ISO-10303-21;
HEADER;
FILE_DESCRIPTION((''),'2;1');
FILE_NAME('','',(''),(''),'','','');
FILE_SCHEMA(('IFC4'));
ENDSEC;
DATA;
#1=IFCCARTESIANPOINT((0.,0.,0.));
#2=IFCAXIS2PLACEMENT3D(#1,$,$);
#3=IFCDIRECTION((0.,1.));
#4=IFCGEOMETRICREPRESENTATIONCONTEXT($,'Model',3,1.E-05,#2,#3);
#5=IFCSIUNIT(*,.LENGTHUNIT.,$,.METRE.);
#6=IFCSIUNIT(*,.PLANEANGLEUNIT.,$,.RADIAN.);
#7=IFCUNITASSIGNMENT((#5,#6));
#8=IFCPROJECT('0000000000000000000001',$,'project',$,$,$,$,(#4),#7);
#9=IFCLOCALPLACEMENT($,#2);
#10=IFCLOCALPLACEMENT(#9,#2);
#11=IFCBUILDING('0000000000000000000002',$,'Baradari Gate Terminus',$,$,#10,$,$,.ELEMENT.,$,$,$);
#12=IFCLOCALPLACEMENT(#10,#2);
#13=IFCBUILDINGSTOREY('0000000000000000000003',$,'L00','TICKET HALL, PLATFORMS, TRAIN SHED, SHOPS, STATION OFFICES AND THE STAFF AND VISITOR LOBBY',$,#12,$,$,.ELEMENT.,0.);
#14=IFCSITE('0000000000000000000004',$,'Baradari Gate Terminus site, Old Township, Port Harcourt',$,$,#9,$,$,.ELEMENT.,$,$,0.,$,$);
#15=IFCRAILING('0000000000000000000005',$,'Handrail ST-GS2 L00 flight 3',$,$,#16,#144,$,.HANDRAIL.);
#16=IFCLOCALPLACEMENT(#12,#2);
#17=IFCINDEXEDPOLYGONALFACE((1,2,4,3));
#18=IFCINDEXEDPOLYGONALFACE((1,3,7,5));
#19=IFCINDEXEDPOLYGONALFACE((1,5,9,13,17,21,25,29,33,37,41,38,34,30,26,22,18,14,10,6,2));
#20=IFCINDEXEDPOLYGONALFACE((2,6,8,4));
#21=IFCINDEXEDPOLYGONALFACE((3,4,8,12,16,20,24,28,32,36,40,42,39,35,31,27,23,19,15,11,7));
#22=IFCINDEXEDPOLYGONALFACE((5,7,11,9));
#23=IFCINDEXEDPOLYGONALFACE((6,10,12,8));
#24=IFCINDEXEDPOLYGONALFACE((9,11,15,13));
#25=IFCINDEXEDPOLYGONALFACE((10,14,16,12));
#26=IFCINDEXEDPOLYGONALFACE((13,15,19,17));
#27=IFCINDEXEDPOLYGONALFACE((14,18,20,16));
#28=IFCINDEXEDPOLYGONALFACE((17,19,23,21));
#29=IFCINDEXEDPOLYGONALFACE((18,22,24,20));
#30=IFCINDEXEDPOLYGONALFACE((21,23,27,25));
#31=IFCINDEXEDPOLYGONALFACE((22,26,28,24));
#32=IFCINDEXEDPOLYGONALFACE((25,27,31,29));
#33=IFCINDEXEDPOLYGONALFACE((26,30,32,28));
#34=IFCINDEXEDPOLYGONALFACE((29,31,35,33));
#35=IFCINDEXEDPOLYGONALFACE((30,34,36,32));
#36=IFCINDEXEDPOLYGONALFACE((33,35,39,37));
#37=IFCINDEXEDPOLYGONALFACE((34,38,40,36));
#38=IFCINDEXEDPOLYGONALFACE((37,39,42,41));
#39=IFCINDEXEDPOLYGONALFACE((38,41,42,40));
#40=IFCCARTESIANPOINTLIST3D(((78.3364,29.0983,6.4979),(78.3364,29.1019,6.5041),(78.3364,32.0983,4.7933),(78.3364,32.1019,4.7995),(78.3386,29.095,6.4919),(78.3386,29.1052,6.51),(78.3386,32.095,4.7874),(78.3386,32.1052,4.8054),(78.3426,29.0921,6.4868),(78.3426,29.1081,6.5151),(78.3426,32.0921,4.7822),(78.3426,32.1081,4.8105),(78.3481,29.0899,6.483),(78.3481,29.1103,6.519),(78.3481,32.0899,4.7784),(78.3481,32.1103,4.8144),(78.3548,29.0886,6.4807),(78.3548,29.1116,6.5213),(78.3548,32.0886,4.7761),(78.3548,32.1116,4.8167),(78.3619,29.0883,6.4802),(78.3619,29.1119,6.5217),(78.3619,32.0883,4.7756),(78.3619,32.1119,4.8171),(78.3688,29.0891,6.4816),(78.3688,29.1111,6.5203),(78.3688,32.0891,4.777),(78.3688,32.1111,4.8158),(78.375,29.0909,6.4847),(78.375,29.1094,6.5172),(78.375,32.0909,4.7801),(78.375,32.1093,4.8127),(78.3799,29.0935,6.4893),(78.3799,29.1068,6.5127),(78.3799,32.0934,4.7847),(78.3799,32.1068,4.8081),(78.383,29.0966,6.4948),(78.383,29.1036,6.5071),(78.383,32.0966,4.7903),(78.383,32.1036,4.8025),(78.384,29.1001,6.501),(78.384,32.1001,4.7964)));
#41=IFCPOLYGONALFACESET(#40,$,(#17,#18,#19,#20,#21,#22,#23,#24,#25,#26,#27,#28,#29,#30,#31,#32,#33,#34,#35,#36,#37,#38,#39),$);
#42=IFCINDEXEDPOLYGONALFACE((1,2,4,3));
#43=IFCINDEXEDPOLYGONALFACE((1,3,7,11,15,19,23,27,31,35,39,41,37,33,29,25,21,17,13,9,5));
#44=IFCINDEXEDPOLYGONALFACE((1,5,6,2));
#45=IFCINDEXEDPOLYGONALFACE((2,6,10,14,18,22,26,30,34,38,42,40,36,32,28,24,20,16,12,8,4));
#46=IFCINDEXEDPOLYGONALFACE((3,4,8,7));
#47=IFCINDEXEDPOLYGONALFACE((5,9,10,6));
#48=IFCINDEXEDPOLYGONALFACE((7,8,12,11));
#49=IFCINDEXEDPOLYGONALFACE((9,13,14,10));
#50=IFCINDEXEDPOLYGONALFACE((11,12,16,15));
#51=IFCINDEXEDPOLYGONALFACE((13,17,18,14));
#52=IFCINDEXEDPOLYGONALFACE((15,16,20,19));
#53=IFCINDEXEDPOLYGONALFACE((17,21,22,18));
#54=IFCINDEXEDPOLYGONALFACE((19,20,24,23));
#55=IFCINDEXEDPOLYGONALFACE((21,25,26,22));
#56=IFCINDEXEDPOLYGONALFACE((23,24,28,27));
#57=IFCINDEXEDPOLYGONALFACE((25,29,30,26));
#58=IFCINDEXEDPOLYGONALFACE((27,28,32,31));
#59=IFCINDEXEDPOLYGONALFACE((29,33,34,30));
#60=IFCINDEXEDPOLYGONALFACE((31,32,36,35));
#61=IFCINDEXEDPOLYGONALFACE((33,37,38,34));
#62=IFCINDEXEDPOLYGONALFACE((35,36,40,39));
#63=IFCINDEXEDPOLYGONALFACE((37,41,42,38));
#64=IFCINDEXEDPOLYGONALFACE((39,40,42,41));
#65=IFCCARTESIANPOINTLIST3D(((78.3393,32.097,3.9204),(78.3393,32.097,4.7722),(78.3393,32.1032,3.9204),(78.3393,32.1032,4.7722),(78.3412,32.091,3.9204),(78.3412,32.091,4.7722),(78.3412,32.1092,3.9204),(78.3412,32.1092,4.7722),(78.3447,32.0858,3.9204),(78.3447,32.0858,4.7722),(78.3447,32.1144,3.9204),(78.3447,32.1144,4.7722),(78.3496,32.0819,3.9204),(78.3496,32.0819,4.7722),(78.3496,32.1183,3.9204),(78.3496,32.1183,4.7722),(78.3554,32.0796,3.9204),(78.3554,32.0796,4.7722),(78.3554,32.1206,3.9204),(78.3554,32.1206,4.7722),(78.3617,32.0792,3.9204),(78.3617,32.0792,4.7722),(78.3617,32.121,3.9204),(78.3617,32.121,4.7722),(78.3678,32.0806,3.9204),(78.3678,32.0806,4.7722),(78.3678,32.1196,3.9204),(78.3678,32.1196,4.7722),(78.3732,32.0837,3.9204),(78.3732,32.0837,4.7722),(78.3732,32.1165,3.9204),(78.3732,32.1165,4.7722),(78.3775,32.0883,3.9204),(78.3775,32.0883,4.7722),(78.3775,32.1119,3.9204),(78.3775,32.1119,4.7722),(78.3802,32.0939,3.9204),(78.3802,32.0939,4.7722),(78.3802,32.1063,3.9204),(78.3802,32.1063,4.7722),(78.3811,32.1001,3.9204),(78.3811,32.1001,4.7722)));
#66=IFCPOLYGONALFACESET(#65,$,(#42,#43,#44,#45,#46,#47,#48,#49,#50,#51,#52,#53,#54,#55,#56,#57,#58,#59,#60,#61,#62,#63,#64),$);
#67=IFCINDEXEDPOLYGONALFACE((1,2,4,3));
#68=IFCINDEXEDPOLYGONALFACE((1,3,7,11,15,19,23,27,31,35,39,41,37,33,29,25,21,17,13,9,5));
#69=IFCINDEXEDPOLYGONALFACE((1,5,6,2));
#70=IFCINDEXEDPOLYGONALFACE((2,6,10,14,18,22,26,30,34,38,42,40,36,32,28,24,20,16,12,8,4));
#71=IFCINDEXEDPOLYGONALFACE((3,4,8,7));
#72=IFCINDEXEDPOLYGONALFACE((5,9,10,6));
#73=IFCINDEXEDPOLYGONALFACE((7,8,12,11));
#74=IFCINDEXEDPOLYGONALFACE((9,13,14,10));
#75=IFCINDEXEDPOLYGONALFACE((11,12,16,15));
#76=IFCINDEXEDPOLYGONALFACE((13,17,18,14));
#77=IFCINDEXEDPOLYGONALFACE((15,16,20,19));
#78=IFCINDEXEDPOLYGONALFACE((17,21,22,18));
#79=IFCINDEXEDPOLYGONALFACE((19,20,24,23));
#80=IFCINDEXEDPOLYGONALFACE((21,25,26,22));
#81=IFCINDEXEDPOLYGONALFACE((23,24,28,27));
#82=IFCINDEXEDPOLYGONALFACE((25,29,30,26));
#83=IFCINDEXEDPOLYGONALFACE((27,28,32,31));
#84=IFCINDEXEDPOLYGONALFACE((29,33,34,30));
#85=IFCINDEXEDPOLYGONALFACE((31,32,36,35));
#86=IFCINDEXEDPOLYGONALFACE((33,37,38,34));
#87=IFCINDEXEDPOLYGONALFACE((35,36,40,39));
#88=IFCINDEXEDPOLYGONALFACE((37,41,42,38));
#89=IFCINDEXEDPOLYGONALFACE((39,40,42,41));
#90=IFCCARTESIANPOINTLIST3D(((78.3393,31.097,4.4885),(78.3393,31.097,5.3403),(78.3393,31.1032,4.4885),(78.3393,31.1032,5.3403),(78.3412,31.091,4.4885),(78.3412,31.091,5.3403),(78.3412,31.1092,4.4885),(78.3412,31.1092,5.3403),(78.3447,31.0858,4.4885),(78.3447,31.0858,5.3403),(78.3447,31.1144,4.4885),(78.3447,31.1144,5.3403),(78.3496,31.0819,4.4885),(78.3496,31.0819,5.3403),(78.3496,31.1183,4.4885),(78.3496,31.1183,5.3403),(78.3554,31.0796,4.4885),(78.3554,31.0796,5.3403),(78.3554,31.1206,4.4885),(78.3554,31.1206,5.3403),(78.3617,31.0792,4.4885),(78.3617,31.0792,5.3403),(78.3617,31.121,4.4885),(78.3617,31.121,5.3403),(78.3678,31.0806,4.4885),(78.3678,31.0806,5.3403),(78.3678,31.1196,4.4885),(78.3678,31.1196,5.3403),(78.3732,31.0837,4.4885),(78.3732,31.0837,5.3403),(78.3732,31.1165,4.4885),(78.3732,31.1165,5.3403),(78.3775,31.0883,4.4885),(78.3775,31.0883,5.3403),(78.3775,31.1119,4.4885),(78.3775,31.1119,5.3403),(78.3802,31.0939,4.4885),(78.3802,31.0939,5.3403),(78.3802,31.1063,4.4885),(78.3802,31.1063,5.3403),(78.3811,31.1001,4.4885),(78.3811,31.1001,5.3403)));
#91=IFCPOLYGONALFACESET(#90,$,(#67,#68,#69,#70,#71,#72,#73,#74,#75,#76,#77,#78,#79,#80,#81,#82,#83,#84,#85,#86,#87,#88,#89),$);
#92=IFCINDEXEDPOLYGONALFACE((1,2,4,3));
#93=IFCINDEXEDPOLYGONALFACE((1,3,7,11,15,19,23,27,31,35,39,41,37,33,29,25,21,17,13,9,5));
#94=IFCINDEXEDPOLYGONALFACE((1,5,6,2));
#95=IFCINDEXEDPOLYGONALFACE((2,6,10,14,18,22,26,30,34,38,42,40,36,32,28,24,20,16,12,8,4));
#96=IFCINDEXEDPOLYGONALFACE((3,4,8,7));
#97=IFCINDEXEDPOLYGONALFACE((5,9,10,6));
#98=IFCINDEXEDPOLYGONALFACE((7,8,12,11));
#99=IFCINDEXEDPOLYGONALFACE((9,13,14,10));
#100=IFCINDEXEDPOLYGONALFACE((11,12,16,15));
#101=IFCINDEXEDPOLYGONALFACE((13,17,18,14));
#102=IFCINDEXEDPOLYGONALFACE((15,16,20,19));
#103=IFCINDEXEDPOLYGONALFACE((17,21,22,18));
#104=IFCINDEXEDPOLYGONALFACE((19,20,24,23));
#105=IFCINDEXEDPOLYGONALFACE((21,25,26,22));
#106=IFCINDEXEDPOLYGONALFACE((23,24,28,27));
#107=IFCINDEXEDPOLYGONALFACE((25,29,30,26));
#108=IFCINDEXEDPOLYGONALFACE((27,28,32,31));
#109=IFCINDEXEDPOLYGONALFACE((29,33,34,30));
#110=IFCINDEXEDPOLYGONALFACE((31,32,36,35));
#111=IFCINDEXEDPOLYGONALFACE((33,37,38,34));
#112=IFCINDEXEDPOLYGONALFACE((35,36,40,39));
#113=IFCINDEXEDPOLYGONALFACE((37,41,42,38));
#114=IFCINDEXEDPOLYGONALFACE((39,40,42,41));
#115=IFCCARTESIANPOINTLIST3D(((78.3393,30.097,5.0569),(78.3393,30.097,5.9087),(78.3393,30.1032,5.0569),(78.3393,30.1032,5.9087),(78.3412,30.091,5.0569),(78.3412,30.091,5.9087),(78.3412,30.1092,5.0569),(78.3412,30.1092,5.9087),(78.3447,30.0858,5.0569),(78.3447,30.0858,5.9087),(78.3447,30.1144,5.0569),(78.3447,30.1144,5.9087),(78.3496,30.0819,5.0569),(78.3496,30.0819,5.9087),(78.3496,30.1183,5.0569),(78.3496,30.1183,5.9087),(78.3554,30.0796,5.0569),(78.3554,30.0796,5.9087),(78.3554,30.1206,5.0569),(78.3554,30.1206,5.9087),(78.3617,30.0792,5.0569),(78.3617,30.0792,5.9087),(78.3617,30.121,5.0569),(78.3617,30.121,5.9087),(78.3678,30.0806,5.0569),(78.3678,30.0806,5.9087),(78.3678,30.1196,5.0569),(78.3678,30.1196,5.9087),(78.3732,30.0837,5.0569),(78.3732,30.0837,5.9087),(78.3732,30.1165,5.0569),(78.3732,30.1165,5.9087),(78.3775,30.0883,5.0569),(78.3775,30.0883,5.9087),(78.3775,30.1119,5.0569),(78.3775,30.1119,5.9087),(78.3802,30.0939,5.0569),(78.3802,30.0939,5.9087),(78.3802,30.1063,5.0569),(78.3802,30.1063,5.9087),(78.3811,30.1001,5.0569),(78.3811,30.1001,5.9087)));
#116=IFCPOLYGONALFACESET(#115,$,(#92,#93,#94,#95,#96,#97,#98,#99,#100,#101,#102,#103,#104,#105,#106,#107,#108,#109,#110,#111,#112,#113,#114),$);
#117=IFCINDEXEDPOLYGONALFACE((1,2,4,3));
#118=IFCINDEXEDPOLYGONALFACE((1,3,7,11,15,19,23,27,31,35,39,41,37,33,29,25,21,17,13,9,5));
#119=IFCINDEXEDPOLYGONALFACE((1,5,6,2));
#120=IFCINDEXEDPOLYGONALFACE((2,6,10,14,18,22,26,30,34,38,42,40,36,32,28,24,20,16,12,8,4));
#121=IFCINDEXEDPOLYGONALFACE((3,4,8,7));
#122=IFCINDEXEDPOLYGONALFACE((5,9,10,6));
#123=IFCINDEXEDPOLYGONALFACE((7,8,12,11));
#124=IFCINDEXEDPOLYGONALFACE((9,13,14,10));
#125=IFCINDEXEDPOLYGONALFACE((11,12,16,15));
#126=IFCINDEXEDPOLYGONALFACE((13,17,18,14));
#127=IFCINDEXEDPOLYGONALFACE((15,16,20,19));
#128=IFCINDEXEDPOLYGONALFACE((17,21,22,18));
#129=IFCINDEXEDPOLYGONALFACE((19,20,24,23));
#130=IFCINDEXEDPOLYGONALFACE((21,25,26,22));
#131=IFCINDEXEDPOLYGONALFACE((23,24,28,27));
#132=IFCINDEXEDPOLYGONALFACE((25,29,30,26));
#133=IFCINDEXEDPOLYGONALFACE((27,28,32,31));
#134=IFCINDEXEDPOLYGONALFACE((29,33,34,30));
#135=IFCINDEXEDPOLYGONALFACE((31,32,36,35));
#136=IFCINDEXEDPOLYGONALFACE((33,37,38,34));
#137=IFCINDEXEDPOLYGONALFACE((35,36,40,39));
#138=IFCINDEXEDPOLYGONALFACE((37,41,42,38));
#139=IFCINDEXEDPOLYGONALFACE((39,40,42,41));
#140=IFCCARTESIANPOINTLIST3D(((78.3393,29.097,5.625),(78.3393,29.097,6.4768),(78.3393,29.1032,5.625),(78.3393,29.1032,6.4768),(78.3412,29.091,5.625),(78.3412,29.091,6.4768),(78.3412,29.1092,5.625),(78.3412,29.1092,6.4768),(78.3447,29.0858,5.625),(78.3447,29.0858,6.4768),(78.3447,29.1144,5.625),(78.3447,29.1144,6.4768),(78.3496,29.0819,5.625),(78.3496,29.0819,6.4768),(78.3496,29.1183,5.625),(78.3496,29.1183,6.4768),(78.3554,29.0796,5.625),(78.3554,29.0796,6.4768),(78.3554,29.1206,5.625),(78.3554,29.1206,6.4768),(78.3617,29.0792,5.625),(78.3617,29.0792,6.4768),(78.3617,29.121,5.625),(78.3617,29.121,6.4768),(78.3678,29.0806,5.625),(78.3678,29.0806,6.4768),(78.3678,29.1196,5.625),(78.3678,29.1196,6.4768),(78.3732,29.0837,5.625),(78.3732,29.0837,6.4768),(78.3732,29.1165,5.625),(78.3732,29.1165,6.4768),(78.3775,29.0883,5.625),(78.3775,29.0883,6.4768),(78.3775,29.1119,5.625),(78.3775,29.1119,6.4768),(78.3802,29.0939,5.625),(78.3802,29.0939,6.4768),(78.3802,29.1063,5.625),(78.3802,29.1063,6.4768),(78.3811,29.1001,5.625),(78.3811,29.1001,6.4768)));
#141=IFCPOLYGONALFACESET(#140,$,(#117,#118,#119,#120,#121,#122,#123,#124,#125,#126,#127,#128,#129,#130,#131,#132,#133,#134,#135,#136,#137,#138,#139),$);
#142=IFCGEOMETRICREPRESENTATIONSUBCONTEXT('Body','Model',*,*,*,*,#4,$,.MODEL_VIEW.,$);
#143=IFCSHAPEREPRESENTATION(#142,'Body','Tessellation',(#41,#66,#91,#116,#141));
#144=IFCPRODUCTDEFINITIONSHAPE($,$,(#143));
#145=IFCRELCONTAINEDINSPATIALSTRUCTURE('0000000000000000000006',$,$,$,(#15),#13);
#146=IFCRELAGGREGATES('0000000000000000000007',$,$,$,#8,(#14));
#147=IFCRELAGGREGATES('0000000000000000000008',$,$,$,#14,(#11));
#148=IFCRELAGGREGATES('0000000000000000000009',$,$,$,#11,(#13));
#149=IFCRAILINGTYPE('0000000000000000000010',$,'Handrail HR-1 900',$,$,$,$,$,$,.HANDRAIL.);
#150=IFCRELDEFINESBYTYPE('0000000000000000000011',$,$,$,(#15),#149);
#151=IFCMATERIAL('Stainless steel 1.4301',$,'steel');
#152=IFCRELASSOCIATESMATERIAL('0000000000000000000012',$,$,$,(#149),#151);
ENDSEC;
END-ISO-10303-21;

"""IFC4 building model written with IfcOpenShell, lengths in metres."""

from ifc_helpers import new_model, si_unit, direction, frame, origin, origin_2d, place, context, subcontext, project, spatial, circle, extrude, material, type_object, element, save


model = new_model("IFC4")

# Units and contexts
model_context = context("Model", 3, precision=1e-05, world=origin(), true_north=direction((0.0, 1.0)))
body_context = subcontext(model_context, "Body", "Model", "MODEL_VIEW")
ifc_project = project(units=[si_unit("LENGTHUNIT", "METRE"), si_unit("PLANEANGLEUNIT", "RADIAN")], contexts=[model_context])

# Site, building, storey
site_placement = place(None, origin())
site = spatial("IfcSite", under=ifc_project, at=site_placement, Name="Baradari Gate Terminus site, Old Township, Port Harcourt", CompositionType="ELEMENT", RefElevation=0.0)
building_placement = place(site_placement, origin())
building = spatial("IfcBuilding", under=site, at=building_placement, Name="Baradari Gate Terminus", CompositionType="ELEMENT")
storey_placement = place(building_placement, origin())
storey = spatial("IfcBuildingStorey", under=building, at=storey_placement, Name="L00", Description="TICKET HALL, PLATFORMS, TRAIN SHED, SHOPS, STATION OFFICES AND THE STAFF AND VISITOR LOBBY", CompositionType="ELEMENT", Elevation=0.0)

# Railing
ifc_material_1 = material(Name="Stainless steel 1.4301", Category="steel")
railing_type_1 = type_object("IfcRailingType", Name="Handrail HR-1 900", PredefinedType="HANDRAIL", material=ifc_material_1)
for number, where, name in (
    (1, (78.3601, 32.1001, 3.9204), "Handrail ST-GS2 L00 flight 3"),
):
    element("IfcRailing", number, at=place(storey_placement, frame(where)), inside=storey, type_object=railing_type_1, Name=name, PredefinedType="HANDRAIL", context=body_context, shape_type="SweptSolid", body=[
        extrude(circle(Radius=0.0239, at=origin_2d()), frame((0.0, 0.0, 0.876), z_axis=(0.0, -0.869451, 0.494019), x_axis=(1.0, 0.0, 0.0)), (0.0, 0.0, 1.0), 3.4504),
        extrude(circle(Radius=0.021, at=origin_2d()), origin(), (0.0, 0.0, 1.0), 0.8518),
        extrude(circle(Radius=0.021, at=origin_2d()), frame((0.0, -1.0, 0.5681)), (0.0, 0.0, 1.0), 0.8518),
        extrude(circle(Radius=0.021, at=origin_2d()), frame((0.0, -2.0, 1.1365)), (0.0, 0.0, 1.0), 0.8518),
        extrude(circle(Radius=0.021, at=origin_2d()), frame((0.0, -3.0, 1.7046)), (0.0, 0.0, 1.0), 0.8518),
    ])

save(model, "model.ifc")
